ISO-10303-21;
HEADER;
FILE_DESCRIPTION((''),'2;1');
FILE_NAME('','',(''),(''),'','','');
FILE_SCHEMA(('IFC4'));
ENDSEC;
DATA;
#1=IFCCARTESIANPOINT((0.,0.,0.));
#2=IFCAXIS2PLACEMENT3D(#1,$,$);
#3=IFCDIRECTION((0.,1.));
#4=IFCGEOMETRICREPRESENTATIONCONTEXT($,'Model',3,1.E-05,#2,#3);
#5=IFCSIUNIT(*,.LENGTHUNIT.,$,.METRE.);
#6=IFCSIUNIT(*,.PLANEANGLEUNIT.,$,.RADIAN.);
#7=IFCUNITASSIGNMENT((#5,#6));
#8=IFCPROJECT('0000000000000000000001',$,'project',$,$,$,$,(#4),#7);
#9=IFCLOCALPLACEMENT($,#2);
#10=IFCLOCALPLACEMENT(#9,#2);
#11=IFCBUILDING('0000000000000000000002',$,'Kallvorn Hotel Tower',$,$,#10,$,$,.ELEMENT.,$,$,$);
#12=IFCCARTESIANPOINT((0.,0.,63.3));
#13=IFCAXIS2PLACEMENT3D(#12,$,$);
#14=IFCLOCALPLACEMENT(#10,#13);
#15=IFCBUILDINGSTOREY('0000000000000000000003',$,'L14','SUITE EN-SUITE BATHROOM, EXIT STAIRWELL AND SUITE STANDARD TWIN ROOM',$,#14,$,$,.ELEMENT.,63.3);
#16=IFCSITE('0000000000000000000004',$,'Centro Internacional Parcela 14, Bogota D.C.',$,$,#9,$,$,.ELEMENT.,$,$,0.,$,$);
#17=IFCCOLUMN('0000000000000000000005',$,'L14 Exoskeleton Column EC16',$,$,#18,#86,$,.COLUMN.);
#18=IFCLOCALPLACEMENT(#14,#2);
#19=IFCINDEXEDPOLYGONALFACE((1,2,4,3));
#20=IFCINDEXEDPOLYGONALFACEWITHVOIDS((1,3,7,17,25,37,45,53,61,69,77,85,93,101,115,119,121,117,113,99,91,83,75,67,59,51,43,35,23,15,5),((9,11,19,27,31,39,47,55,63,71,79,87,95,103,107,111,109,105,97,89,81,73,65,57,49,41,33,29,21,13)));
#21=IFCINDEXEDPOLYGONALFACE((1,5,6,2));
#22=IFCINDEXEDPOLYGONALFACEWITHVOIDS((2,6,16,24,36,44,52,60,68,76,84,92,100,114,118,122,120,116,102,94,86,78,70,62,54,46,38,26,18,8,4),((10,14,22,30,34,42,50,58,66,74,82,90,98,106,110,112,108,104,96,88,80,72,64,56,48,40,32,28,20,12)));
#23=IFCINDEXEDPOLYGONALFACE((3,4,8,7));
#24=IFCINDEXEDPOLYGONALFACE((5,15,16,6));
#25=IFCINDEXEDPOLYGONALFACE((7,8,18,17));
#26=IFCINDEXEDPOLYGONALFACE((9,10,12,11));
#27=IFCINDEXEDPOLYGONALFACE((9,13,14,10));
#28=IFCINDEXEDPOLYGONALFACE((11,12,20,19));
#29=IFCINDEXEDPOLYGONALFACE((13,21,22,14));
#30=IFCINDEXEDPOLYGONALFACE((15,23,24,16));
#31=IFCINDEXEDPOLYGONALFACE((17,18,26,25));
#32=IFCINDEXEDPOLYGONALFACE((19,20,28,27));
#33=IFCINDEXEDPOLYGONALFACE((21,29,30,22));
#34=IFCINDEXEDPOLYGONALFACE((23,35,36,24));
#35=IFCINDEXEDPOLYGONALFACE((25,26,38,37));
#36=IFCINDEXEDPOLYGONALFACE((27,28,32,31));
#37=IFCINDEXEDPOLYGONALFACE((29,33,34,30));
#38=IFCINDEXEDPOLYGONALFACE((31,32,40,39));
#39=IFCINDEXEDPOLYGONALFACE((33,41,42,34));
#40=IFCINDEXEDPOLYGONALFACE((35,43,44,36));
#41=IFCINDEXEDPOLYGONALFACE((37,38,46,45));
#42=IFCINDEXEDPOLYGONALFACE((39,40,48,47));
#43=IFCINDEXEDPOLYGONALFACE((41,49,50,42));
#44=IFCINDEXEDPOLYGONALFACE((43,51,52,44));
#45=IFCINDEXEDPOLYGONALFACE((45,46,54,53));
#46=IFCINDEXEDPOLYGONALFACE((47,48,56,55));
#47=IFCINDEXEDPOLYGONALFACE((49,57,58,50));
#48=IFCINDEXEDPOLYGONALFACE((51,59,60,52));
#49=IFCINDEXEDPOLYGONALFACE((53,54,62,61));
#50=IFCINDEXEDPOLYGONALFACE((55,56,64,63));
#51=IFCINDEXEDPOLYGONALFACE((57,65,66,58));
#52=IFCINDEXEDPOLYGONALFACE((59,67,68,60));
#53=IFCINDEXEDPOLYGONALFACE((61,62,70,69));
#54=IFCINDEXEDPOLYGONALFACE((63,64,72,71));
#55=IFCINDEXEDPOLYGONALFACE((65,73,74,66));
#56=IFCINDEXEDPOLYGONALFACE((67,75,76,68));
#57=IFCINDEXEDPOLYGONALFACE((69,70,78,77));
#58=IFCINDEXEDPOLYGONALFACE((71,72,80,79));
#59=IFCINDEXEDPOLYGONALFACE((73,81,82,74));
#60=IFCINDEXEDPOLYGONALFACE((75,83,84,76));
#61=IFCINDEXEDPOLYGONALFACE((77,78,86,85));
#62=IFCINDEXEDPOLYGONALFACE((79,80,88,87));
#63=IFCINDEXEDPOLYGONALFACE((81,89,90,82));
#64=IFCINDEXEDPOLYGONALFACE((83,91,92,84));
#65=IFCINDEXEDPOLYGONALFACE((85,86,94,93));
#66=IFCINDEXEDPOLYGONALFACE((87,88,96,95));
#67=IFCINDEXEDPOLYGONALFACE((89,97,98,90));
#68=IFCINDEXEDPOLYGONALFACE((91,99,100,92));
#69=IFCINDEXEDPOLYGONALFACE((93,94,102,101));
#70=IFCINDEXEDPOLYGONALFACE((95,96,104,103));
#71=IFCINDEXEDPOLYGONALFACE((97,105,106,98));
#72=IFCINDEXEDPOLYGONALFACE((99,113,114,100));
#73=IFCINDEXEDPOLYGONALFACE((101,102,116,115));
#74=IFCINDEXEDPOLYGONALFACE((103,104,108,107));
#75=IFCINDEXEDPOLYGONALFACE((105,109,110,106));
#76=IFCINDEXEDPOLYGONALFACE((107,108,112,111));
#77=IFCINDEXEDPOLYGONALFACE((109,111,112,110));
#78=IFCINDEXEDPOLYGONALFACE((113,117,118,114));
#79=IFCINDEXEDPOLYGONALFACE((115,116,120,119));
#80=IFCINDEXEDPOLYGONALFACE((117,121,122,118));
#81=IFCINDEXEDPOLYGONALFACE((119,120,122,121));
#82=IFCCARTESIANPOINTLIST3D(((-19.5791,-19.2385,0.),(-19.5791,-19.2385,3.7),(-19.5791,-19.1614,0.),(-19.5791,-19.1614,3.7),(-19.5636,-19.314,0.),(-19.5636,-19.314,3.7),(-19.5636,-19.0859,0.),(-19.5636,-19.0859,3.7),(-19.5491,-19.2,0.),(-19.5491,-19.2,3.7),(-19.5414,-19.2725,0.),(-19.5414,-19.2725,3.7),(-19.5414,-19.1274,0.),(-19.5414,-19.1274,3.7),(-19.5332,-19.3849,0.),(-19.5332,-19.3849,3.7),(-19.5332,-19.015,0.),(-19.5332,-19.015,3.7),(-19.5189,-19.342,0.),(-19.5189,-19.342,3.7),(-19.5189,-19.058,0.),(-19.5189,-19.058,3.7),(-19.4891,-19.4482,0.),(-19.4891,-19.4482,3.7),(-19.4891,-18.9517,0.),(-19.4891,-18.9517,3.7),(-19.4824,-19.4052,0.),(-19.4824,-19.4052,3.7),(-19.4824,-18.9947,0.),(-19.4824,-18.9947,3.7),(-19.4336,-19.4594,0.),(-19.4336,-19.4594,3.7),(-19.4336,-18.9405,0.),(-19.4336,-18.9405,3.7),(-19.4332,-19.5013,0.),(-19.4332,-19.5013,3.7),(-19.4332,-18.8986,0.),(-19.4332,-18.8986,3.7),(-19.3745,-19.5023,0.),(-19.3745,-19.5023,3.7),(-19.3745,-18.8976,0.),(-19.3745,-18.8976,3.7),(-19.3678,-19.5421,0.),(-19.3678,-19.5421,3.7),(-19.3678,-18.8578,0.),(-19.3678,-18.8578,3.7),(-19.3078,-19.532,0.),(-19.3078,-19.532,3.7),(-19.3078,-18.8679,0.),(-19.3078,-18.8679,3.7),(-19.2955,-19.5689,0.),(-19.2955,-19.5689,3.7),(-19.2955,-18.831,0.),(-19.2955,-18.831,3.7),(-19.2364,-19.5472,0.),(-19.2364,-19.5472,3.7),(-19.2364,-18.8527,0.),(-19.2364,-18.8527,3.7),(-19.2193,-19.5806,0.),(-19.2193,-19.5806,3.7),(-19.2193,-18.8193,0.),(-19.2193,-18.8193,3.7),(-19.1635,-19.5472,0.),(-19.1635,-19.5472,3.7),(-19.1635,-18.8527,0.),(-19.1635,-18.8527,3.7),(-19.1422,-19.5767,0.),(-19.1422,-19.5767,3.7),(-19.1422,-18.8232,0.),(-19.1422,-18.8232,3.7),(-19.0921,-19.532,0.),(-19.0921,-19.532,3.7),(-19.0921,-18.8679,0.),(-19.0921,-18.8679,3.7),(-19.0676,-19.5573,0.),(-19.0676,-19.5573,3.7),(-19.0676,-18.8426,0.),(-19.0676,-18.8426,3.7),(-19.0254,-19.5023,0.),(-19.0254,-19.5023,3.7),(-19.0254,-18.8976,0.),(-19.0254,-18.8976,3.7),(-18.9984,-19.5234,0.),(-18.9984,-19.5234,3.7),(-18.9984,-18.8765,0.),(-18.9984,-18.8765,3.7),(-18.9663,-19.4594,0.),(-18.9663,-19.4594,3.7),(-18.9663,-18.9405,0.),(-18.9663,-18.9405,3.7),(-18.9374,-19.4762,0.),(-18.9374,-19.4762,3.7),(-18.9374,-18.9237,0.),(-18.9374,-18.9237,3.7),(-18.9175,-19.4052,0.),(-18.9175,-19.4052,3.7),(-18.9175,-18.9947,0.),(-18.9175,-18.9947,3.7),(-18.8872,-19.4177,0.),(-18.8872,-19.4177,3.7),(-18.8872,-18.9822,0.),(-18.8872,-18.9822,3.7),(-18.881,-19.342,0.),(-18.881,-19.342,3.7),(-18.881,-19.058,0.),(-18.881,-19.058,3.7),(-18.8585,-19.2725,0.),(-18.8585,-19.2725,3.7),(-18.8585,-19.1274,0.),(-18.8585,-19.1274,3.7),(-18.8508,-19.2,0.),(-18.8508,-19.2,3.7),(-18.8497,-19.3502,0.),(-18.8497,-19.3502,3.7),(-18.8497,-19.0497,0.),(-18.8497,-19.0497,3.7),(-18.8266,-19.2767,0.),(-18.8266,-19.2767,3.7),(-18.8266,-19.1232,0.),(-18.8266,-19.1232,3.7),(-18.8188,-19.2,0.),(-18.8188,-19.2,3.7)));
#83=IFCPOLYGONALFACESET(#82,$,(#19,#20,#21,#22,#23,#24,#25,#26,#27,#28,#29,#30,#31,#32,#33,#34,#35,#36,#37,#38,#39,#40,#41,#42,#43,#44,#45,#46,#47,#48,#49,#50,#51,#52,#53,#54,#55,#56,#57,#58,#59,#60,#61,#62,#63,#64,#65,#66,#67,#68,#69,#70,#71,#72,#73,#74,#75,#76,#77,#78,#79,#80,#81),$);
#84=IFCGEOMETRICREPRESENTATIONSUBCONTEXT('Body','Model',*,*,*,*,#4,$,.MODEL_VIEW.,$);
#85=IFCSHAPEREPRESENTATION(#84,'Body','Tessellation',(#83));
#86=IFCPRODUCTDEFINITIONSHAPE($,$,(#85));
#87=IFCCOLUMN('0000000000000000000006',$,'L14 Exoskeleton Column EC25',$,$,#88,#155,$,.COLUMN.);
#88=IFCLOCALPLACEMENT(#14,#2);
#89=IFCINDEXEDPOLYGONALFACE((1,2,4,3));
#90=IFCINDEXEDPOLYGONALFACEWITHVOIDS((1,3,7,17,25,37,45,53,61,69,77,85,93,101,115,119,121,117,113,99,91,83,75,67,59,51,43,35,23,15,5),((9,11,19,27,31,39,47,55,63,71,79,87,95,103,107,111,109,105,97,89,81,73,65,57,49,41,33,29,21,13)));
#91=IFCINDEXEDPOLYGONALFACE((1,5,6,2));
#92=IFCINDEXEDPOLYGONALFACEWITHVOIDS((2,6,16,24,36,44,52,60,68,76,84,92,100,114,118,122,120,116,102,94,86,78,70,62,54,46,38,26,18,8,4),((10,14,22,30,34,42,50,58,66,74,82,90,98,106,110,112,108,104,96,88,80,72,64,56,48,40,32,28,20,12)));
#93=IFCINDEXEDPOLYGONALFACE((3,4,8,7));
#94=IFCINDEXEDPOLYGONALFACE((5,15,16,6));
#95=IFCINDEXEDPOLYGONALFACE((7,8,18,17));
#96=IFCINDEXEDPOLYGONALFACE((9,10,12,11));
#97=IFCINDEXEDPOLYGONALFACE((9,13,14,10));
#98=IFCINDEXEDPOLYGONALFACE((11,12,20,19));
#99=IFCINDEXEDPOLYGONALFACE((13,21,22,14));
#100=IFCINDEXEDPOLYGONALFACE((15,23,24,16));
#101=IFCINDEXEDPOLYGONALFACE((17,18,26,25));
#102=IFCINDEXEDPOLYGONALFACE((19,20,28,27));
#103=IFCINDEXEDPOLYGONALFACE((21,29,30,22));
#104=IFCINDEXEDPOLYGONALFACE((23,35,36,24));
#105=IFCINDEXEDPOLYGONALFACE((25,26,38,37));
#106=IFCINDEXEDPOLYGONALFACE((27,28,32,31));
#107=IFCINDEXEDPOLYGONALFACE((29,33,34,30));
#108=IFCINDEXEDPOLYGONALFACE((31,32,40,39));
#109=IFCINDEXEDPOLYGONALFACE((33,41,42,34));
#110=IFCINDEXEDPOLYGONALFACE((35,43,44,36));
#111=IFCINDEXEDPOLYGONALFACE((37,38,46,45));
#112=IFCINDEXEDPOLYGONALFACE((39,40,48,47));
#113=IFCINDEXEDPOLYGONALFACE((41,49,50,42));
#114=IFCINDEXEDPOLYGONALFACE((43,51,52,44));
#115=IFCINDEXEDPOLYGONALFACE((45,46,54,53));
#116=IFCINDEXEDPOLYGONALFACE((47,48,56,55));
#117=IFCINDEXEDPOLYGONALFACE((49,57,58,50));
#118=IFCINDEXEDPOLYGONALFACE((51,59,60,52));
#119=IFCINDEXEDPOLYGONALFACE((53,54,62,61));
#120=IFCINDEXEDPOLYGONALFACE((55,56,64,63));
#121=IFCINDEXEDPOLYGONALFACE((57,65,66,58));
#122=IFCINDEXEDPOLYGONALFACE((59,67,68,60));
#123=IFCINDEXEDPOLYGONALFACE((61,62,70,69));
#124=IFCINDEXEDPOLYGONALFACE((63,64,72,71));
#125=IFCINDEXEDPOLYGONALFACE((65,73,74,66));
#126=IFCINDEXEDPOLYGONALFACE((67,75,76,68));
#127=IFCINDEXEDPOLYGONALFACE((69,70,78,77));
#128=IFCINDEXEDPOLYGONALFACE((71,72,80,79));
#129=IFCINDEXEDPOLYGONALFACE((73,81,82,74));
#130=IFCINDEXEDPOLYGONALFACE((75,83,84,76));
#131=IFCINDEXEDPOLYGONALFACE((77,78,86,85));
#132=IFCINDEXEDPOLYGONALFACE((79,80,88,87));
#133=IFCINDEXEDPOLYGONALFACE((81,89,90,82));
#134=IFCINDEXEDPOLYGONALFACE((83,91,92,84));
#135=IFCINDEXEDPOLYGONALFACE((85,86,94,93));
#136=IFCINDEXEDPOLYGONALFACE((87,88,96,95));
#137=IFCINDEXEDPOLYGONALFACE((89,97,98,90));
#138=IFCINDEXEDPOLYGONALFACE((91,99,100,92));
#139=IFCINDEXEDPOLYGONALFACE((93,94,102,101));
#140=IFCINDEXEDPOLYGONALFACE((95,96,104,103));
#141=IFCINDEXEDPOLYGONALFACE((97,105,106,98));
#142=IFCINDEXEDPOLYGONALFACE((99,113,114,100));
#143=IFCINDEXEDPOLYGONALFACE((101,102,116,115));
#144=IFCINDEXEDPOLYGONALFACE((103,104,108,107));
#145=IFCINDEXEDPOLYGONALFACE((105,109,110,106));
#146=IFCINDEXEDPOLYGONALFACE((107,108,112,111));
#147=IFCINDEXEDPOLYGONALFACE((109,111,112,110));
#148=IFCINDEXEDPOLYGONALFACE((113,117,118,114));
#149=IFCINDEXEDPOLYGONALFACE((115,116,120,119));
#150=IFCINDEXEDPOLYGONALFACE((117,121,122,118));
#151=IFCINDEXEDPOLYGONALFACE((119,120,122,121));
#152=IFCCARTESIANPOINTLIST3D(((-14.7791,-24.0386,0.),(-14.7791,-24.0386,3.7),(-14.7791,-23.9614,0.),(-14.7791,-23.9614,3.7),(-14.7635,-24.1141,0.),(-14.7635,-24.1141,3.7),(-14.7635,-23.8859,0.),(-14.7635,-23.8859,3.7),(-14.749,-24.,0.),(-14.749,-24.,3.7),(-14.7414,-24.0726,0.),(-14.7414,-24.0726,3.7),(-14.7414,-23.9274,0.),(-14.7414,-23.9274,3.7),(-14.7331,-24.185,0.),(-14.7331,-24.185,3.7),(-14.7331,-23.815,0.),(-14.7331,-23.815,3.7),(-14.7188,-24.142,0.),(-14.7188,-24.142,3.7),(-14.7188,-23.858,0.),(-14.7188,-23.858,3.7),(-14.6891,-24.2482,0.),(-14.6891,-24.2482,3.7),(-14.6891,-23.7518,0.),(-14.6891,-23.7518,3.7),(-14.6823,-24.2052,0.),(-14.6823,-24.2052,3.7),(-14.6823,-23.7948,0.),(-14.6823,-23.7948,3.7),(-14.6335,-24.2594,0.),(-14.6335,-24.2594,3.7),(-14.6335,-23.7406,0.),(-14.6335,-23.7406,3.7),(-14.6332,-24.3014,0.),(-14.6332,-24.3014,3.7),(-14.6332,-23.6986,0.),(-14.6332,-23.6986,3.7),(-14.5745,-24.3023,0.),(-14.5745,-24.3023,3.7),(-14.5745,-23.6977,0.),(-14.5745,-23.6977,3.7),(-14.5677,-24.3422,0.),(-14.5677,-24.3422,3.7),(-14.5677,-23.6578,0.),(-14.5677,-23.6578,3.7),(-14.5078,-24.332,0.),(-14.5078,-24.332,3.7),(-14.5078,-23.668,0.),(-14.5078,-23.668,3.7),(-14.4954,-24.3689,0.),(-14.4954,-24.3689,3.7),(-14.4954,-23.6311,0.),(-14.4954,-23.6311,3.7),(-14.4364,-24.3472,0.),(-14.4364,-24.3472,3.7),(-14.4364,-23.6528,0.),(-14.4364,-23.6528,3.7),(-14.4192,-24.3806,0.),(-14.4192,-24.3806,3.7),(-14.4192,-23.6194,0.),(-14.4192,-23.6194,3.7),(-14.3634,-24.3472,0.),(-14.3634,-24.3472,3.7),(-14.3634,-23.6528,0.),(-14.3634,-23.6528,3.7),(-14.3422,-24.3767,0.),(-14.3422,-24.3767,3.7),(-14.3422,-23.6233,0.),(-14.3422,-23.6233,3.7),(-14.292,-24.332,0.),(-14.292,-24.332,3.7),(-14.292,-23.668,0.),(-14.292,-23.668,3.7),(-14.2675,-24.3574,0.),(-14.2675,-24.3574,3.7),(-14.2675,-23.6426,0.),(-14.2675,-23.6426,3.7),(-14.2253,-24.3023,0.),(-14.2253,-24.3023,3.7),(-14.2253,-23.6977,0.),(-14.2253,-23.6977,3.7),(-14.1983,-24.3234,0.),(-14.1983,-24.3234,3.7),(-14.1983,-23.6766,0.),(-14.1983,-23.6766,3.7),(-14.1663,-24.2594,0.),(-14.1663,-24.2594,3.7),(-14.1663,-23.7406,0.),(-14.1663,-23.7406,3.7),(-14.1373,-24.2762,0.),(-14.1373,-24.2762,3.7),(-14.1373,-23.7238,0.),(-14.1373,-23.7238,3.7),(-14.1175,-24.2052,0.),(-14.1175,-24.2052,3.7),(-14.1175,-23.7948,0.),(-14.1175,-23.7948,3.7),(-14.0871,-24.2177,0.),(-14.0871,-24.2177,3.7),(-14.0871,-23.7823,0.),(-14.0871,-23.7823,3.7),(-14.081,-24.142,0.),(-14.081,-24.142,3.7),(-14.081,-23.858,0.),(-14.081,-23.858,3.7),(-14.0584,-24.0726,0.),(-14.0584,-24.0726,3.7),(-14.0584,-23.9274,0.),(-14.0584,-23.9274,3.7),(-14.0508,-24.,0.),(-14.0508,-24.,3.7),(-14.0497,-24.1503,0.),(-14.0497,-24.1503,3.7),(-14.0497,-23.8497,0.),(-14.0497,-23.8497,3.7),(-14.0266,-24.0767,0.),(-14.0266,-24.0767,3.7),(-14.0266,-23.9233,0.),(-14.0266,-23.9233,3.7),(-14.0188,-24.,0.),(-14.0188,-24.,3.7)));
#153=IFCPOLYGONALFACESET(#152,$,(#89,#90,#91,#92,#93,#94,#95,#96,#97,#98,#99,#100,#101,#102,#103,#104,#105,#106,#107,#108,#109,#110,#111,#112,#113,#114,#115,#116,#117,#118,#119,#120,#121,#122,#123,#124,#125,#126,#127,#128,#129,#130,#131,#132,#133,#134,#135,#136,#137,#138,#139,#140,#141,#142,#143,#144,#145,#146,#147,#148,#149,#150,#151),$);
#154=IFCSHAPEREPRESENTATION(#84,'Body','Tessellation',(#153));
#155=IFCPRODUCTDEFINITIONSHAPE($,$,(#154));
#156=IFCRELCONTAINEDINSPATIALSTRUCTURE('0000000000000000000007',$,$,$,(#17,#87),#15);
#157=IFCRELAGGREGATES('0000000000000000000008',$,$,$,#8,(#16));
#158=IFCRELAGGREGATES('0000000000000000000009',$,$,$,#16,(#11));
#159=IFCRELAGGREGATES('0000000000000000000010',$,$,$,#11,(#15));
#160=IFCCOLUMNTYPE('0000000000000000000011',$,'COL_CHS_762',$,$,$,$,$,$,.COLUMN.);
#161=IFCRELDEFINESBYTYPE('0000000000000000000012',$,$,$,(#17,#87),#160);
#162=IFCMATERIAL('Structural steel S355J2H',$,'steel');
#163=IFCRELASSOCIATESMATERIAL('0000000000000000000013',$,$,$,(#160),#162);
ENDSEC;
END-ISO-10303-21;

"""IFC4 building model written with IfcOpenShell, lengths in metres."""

from ifc_helpers import new_model, si_unit, direction, frame, origin, origin_2d, place, context, subcontext, project, spatial, hollow_circle, extrude, material, material_profile, profile_set, type_object, element, save


model = new_model("IFC4")

# Units and contexts
model_context = context("Model", 3, precision=1e-05, world=origin(), true_north=direction((0.0, 1.0)))
body_context = subcontext(model_context, "Body", "Model", "MODEL_VIEW")
ifc_project = project(units=[si_unit("LENGTHUNIT", "METRE"), si_unit("PLANEANGLEUNIT", "RADIAN")], contexts=[model_context])

# Site, building, storey
site_placement = place(None, origin())
site = spatial("IfcSite", under=ifc_project, at=site_placement, Name="Centro Internacional Parcela 14, Bogota D.C.", CompositionType="ELEMENT", RefElevation=0.0)
building_placement = place(site_placement, origin())
building = spatial("IfcBuilding", under=site, at=building_placement, Name="Kallvorn Hotel Tower", CompositionType="ELEMENT")
storey_placement = place(building_placement, frame((0.0, 0.0, 63.3)))
storey = spatial("IfcBuildingStorey", under=building, at=storey_placement, Name="L14", Description="SUITE EN-SUITE BATHROOM, EXIT STAIRWELL AND SUITE STANDARD TWIN ROOM", CompositionType="ELEMENT", Elevation=63.3)

# Columns
ifc_material_1 = material(Name="Structural steel S355J2H", Category="steel")
ifc_material_profile_1 = material_profile(ifc_material_1, hollow_circle(Radius=0.3811, WallThickness=0.032, at=origin_2d()), Name="CHS 762x32")
ifc_profile_set_1 = profile_set([ifc_material_profile_1], Name="Structural steel S355J2H")
column_type = type_object("IfcColumnType", Name="COL_CHS_762", PredefinedType="COLUMN", material=ifc_profile_set_1)
for number, where, z_axis, x_axis, name in (
    (1, (-19.2, -19.2, 0.0), (0.0, 0.0, 1.0), (1.0, 0.0, 0.0), "L14 Exoskeleton Column EC16"),
    (2, (-14.3999, -24.0, 0.0), (0.0, 0.0, 1.0), (1.0, 0.0, 0.0), "L14 Exoskeleton Column EC25"),
):
    element("IfcColumn", number, at=place(storey_placement, frame(where, z_axis=z_axis, x_axis=x_axis)), inside=storey, type_object=column_type, Name=name, PredefinedType="COLUMN", context=body_context, shape_type="SweptSolid", body=[
        extrude(hollow_circle(Radius=0.3811, WallThickness=0.032, at=origin_2d()), origin(), (0.0, 0.0, 1.0), 3.7),
    ])

save(model, "model.ifc")
